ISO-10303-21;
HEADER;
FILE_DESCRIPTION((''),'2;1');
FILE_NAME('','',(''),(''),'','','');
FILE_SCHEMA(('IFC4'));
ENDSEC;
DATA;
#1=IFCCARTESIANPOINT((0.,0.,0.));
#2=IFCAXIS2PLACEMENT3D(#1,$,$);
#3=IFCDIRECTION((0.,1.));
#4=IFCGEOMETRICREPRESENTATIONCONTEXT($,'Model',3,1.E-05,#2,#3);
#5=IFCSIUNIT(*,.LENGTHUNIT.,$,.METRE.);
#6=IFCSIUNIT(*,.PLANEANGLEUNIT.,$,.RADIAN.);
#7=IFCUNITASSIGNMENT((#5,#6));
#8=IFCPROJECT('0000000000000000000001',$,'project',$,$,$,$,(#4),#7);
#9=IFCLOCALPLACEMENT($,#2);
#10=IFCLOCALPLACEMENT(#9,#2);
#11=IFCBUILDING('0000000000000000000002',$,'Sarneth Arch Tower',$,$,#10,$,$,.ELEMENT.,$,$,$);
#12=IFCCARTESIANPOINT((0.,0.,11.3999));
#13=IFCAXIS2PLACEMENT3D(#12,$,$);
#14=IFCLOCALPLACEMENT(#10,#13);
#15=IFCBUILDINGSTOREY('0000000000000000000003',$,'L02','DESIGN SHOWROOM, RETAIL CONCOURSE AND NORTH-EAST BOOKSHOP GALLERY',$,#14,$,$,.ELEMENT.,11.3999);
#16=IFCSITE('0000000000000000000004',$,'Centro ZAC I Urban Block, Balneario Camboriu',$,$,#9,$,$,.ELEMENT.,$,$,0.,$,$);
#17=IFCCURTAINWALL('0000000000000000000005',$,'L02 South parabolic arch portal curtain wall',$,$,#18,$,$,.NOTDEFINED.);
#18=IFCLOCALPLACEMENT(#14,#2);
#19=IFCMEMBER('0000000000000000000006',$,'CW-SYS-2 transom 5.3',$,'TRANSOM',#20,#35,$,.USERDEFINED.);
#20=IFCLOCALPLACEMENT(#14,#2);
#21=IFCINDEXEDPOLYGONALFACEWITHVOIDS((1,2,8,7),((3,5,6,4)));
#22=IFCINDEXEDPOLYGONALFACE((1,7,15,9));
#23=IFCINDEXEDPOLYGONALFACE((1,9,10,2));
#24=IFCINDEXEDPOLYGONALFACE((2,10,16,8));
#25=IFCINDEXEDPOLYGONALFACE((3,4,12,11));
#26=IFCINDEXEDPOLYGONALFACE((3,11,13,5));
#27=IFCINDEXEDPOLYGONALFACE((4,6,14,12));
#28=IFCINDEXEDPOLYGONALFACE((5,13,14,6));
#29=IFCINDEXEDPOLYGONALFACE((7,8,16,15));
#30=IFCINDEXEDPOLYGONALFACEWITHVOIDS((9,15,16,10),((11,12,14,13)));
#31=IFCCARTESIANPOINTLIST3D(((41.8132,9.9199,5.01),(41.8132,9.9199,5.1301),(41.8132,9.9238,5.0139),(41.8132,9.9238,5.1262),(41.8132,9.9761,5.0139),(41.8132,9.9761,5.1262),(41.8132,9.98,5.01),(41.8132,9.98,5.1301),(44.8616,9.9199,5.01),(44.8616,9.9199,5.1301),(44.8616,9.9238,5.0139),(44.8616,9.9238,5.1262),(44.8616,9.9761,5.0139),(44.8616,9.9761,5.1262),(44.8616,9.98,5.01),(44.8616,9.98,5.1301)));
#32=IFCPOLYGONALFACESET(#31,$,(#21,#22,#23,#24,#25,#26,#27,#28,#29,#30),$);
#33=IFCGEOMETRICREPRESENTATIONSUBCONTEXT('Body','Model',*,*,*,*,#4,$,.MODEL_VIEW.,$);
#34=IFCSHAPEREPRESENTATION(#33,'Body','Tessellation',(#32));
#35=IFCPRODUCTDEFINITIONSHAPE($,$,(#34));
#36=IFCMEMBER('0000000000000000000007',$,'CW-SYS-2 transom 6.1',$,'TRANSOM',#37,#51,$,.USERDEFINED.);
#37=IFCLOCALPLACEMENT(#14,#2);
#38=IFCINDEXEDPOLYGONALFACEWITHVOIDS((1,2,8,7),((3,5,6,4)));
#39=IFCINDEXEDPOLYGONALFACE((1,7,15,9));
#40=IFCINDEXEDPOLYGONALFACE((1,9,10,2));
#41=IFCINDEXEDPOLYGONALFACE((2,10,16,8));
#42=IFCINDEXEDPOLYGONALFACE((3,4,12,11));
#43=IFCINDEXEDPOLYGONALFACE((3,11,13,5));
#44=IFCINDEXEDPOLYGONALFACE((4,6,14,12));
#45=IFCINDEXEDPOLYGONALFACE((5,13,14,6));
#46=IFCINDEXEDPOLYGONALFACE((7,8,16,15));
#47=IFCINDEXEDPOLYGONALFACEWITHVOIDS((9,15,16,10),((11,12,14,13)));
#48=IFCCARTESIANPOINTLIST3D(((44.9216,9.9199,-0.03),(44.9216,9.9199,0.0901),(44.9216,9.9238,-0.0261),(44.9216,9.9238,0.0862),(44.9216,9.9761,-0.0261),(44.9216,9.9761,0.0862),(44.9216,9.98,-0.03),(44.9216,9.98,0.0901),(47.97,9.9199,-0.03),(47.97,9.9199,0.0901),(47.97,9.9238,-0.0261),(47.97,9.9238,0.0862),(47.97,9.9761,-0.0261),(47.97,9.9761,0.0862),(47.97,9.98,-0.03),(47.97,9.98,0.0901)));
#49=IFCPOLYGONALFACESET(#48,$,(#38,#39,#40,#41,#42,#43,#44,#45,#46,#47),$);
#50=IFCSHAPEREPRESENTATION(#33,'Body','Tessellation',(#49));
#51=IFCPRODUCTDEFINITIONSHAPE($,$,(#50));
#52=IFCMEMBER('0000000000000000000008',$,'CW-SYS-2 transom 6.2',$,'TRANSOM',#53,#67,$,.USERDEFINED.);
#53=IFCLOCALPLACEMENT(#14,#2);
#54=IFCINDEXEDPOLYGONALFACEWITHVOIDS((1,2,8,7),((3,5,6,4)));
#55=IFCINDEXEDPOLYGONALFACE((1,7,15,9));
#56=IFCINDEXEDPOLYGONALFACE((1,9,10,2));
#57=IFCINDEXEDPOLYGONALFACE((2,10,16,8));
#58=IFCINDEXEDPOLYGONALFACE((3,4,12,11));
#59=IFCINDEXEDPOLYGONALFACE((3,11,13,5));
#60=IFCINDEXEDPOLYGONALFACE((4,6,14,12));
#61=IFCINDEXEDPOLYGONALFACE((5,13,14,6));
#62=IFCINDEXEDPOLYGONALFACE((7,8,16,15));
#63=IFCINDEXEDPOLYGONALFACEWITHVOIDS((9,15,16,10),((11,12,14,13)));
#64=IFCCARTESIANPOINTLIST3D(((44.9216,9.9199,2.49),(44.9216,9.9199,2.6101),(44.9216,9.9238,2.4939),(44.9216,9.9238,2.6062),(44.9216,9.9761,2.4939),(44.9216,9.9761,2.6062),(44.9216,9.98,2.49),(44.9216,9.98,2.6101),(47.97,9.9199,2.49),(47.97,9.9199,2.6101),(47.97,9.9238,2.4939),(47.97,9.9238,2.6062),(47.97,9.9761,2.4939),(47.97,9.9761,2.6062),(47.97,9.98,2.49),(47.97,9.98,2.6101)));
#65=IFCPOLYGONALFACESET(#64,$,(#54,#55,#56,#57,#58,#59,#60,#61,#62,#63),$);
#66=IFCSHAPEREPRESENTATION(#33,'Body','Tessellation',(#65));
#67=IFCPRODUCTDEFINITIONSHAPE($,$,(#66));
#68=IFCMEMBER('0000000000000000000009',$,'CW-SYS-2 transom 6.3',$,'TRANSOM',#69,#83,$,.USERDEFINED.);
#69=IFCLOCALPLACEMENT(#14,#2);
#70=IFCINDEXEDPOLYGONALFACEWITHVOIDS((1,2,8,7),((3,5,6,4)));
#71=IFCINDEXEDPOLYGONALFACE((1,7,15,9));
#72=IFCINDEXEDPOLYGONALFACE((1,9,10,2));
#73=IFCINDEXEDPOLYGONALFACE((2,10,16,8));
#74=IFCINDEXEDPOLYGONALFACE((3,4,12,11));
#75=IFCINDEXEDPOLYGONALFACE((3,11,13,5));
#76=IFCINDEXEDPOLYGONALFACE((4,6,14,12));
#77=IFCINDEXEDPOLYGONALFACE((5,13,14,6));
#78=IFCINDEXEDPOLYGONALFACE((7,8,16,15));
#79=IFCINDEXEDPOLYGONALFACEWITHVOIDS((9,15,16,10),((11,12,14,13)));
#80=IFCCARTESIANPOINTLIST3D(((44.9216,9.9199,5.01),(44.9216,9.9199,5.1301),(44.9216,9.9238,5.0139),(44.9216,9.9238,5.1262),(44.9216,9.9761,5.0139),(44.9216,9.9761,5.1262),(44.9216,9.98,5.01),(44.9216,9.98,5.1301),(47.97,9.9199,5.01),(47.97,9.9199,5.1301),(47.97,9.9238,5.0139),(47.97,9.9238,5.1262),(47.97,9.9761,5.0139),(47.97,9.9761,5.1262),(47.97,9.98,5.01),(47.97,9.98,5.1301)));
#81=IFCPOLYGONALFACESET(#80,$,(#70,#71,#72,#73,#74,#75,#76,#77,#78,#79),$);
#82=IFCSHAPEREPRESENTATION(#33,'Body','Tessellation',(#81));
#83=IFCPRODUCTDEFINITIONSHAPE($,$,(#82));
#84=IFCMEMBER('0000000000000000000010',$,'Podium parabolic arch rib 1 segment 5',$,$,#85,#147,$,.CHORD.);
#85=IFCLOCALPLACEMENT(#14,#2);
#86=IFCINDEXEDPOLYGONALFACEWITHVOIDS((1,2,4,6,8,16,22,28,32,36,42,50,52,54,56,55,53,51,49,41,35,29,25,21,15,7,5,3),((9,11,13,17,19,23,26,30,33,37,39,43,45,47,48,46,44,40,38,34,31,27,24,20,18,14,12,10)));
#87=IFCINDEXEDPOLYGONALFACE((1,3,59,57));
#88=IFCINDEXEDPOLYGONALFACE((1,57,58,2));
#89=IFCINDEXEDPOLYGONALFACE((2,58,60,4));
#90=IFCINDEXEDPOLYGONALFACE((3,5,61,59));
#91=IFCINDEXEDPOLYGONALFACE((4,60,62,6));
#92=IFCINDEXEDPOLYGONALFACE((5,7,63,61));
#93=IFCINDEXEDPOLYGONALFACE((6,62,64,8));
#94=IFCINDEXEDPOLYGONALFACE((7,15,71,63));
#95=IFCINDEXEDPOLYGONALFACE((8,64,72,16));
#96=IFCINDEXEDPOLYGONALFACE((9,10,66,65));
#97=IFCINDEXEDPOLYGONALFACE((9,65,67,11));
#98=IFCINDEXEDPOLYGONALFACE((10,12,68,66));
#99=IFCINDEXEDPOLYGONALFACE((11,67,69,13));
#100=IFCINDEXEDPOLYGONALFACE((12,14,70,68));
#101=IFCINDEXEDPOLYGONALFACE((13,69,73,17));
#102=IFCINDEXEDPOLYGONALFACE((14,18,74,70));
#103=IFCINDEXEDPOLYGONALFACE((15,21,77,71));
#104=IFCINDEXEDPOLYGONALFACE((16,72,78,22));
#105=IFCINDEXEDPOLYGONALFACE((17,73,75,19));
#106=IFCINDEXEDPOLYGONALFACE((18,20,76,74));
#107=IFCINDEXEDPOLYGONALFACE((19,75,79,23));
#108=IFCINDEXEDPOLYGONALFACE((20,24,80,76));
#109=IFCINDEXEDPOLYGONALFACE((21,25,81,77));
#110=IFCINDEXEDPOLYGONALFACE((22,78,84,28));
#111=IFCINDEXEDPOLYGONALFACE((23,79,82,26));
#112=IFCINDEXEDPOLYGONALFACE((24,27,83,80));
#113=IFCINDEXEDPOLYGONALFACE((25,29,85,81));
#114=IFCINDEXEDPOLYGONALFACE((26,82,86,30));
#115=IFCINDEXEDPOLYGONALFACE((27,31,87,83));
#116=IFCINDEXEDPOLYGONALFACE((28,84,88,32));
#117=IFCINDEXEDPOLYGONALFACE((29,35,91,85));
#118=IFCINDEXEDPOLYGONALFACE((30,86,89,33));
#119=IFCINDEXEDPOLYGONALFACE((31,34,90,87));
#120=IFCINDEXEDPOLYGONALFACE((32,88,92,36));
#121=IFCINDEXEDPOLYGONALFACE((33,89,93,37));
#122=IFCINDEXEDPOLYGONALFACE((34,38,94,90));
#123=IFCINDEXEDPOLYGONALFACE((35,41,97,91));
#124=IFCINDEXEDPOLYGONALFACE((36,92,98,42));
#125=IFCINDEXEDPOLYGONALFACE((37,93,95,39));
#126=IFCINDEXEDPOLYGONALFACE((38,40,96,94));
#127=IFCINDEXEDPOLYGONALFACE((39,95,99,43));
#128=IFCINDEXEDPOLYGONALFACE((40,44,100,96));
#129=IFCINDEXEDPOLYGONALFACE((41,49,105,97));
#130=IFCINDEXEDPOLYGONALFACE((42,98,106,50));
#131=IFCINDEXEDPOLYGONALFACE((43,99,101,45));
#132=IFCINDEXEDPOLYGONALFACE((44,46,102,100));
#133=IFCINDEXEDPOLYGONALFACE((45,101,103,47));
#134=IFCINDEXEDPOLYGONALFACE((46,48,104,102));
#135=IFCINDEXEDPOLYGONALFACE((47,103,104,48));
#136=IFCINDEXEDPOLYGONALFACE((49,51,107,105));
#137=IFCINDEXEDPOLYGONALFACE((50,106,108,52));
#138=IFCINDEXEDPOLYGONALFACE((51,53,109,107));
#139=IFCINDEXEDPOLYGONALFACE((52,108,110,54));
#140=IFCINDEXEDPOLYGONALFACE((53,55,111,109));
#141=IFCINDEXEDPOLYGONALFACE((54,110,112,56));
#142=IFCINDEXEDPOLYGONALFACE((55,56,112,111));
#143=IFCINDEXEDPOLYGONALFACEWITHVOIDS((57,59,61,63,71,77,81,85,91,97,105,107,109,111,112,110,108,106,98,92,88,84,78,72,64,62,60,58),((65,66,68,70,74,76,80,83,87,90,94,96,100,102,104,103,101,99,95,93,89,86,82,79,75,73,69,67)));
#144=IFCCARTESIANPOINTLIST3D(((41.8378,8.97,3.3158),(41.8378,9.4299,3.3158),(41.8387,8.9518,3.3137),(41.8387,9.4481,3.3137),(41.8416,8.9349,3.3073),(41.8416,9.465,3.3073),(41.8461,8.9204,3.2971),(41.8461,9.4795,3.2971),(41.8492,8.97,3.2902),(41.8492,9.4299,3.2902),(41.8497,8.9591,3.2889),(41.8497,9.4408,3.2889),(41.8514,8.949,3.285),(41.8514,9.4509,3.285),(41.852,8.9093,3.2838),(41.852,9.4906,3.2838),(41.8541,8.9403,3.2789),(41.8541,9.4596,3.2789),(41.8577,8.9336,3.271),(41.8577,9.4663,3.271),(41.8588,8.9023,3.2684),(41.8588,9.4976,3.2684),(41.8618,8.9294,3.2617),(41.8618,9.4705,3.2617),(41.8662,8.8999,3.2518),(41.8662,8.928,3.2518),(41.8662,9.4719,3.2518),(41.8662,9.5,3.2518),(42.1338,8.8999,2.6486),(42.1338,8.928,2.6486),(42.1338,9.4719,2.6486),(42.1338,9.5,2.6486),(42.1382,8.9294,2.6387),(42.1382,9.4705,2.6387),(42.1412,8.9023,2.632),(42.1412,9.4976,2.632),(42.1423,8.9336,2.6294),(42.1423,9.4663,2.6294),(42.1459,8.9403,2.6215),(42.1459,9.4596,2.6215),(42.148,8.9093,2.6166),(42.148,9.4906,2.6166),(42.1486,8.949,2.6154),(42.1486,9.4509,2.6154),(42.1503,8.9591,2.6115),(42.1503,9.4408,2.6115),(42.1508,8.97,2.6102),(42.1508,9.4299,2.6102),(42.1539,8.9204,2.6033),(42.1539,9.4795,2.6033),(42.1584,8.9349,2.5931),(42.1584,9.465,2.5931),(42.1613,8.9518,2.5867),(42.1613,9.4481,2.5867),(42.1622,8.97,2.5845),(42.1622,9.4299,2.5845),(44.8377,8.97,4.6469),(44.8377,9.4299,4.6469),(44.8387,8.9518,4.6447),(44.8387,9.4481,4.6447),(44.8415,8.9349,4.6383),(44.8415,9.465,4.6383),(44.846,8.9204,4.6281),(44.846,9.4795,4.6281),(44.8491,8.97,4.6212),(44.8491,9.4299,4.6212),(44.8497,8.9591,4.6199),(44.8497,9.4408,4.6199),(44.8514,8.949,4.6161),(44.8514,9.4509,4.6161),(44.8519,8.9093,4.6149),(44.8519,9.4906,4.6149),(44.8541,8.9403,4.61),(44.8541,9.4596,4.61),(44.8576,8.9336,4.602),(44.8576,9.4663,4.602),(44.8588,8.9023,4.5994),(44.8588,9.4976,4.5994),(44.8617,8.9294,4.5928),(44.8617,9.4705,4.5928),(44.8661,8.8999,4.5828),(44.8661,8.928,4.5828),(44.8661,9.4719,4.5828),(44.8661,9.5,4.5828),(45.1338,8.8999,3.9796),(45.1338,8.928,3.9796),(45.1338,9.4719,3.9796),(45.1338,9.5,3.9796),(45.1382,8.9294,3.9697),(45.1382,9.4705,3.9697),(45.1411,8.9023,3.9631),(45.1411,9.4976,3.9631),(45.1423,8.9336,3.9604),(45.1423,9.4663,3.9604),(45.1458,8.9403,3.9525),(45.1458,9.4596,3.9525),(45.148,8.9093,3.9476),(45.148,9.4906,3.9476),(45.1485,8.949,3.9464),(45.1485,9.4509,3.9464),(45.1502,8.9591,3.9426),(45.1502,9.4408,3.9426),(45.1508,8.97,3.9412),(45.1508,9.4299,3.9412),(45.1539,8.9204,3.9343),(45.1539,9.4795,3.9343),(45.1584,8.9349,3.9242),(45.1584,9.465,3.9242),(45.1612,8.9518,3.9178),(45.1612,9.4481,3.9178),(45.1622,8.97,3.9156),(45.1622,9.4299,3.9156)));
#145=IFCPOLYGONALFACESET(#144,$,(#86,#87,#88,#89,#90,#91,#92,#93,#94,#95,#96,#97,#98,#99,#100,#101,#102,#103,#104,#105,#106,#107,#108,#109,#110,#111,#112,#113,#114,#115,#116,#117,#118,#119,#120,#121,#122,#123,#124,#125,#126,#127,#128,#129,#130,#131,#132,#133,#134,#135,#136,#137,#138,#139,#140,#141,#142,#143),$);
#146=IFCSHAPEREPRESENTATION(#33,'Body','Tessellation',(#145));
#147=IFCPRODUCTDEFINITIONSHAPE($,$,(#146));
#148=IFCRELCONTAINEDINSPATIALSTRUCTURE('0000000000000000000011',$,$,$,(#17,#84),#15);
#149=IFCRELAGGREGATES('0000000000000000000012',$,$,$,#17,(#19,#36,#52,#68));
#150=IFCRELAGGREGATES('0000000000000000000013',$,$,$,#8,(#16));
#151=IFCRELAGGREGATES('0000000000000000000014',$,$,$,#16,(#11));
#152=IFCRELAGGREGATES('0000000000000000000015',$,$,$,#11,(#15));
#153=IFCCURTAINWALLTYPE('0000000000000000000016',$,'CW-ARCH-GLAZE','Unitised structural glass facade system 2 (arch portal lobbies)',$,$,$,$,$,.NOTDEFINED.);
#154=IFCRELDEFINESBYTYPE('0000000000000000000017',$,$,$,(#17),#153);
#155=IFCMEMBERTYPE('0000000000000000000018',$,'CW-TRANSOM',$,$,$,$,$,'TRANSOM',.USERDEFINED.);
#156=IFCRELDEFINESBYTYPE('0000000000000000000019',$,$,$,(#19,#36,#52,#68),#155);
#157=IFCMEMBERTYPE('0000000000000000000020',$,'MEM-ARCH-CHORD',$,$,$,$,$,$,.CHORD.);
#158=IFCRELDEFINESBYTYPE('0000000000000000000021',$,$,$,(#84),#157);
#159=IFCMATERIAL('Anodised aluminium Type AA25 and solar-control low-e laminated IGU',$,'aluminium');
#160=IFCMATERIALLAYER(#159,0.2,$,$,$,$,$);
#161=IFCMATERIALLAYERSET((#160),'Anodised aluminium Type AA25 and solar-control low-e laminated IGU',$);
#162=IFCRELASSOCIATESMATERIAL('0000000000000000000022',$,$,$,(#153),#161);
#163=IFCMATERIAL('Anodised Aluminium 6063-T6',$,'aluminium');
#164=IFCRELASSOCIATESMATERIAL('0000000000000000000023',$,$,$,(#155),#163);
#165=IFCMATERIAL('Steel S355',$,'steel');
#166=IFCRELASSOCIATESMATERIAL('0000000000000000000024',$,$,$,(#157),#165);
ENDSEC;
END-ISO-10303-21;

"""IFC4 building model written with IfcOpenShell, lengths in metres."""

from ifc_helpers import new_model, si_unit, direction, frame, origin, origin_2d, place, context, subcontext, project, spatial, hollow_rectangle, extrude, material, layer, layer_set, material_profile, profile_set, type_object, element, aggregate, save


model = new_model("IFC4")

# Units and contexts
model_context = context("Model", 3, precision=1e-05, world=origin(), true_north=direction((0.0, 1.0)))
body_context = subcontext(model_context, "Body", "Model", "MODEL_VIEW")
ifc_project = project(units=[si_unit("LENGTHUNIT", "METRE"), si_unit("PLANEANGLEUNIT", "RADIAN")], contexts=[model_context])

# Site, building, storey
site_placement = place(None, origin())
site = spatial("IfcSite", under=ifc_project, at=site_placement, Name="Centro ZAC I Urban Block, Balneario Camboriu", CompositionType="ELEMENT", RefElevation=0.0)
building_placement = place(site_placement, origin())
building = spatial("IfcBuilding", under=site, at=building_placement, Name="Sarneth Arch Tower", CompositionType="ELEMENT")
storey_placement = place(building_placement, frame((0.0, 0.0, 11.3999)))
storey = spatial("IfcBuildingStorey", under=building, at=storey_placement, Name="L02", Description="DESIGN SHOWROOM, RETAIL CONCOURSE AND NORTH-EAST BOOKSHOP GALLERY", CompositionType="ELEMENT", Elevation=11.3999)

# Curtain wall, members
ifc_material_1 = material(Name="Anodised aluminium Type AA25 and solar-control low-e laminated IGU", Category="aluminium")
ifc_layer_1 = layer(ifc_material_1, 0.2)
ifc_layer_set_1 = layer_set([ifc_layer_1], Name="Anodised aluminium Type AA25 and solar-control low-e laminated IGU")
curtain_wall_type = type_object("IfcCurtainWallType", Name="CW-ARCH-GLAZE", Description="Unitised structural glass facade system 2 (arch portal lobbies)", PredefinedType="NOTDEFINED", material=ifc_layer_set_1)
curtain_wall_placement = place(storey_placement, origin())
curtain_wall = element("IfcCurtainWall", 1, at=curtain_wall_placement, inside=storey, type_object=curtain_wall_type, Name="L02 South parabolic arch portal curtain wall", PredefinedType="NOTDEFINED")
ifc_material_2 = material(Name="Anodised Aluminium 6063-T6", Category="aluminium")
ifc_material_profile_1 = material_profile(ifc_material_2, hollow_rectangle(XDim=0.0601, YDim=0.1201, WallThickness=0.0039, at=origin_2d()), Name="AL-TRAN-120x60x4")
ifc_profile_set_1 = profile_set([ifc_material_profile_1], Name="Anodised Aluminium 6063-T6")
member_type_1 = type_object("IfcMemberType", Name="CW-TRANSOM", ElementType="TRANSOM", PredefinedType="USERDEFINED", material=ifc_profile_set_1)
member_1_placement = place(storey_placement, frame((41.8132, 9.95, 5.0701), z_axis=(1.0, 0.0, 0.0), x_axis=(0.0, 1.0, 0.0)))
member_1 = element("IfcMember", 2, at=member_1_placement, type_object=member_type_1, Name="CW-SYS-2 transom 5.3", ObjectType="TRANSOM", PredefinedType="USERDEFINED", context=body_context, shape_type="SweptSolid", body=[
    extrude(hollow_rectangle(XDim=0.0601, YDim=0.1201, WallThickness=0.0039, at=origin_2d()), origin(), (0.0, 0.0, 1.0), 3.0483),
])
member_2_placement = place(storey_placement, frame((44.9216, 9.95, 0.03), z_axis=(1.0, 0.0, 0.0), x_axis=(0.0, 1.0, 0.0)))
member_2 = element("IfcMember", 3, at=member_2_placement, type_object=member_type_1, Name="CW-SYS-2 transom 6.1", ObjectType="TRANSOM", PredefinedType="USERDEFINED", context=body_context, shape_type="SweptSolid", body=[
    extrude(hollow_rectangle(XDim=0.0601, YDim=0.1201, WallThickness=0.0039, at=origin_2d()), origin(), (0.0, 0.0, 1.0), 3.0483),
])
member_3_placement = place(storey_placement, frame((44.9216, 9.95, 2.55), z_axis=(1.0, 0.0, 0.0), x_axis=(0.0, 1.0, 0.0)))
member_3 = element("IfcMember", 4, at=member_3_placement, type_object=member_type_1, Name="CW-SYS-2 transom 6.2", ObjectType="TRANSOM", PredefinedType="USERDEFINED", context=body_context, shape_type="SweptSolid", body=[
    extrude(hollow_rectangle(XDim=0.0601, YDim=0.1201, WallThickness=0.0039, at=origin_2d()), origin(), (0.0, 0.0, 1.0), 3.0483),
])
member_4_placement = place(storey_placement, frame((44.9216, 9.95, 5.0701), z_axis=(1.0, 0.0, 0.0), x_axis=(0.0, 1.0, 0.0)))
member_4 = element("IfcMember", 5, at=member_4_placement, type_object=member_type_1, Name="CW-SYS-2 transom 6.3", ObjectType="TRANSOM", PredefinedType="USERDEFINED", context=body_context, shape_type="SweptSolid", body=[
    extrude(hollow_rectangle(XDim=0.0601, YDim=0.1201, WallThickness=0.0039, at=origin_2d()), origin(), (0.0, 0.0, 1.0), 3.0483),
])

# Member
ifc_material_3 = material(Name="Steel S355", Category="steel")
ifc_material_profile_2 = material_profile(ifc_material_3, hollow_rectangle(XDim=0.6001, YDim=0.8, WallThickness=0.0281, InnerFilletRadius=0.042, OuterFilletRadius=0.0701, at=origin_2d()), Name="RHS800x600x28")
ifc_profile_set_2 = profile_set([ifc_material_profile_2], Name="Steel S355")
member_type_2 = type_object("IfcMemberType", Name="MEM-ARCH-CHORD", PredefinedType="CHORD", material=ifc_profile_set_2)
member_5_placement = place(storey_placement, frame((42.0, 9.2, 2.9502), z_axis=(0.914069, 0.0, 0.405559), x_axis=(0.0, 1.0, 0.0)))
element("IfcMember", 6, at=member_5_placement, inside=storey, type_object=member_type_2, Name="Podium parabolic arch rib 1 segment 5", PredefinedType="CHORD", context=body_context, shape_type="SweptSolid", body=[
    extrude(hollow_rectangle(XDim=0.6001, YDim=0.8, WallThickness=0.0281, InnerFilletRadius=0.042, OuterFilletRadius=0.0701, at=origin_2d()), origin(), (0.0, 0.0, 1.0), 3.282),
])

aggregate(curtain_wall, [member_1, member_2, member_3, member_4])

save(model, "model.ifc")
